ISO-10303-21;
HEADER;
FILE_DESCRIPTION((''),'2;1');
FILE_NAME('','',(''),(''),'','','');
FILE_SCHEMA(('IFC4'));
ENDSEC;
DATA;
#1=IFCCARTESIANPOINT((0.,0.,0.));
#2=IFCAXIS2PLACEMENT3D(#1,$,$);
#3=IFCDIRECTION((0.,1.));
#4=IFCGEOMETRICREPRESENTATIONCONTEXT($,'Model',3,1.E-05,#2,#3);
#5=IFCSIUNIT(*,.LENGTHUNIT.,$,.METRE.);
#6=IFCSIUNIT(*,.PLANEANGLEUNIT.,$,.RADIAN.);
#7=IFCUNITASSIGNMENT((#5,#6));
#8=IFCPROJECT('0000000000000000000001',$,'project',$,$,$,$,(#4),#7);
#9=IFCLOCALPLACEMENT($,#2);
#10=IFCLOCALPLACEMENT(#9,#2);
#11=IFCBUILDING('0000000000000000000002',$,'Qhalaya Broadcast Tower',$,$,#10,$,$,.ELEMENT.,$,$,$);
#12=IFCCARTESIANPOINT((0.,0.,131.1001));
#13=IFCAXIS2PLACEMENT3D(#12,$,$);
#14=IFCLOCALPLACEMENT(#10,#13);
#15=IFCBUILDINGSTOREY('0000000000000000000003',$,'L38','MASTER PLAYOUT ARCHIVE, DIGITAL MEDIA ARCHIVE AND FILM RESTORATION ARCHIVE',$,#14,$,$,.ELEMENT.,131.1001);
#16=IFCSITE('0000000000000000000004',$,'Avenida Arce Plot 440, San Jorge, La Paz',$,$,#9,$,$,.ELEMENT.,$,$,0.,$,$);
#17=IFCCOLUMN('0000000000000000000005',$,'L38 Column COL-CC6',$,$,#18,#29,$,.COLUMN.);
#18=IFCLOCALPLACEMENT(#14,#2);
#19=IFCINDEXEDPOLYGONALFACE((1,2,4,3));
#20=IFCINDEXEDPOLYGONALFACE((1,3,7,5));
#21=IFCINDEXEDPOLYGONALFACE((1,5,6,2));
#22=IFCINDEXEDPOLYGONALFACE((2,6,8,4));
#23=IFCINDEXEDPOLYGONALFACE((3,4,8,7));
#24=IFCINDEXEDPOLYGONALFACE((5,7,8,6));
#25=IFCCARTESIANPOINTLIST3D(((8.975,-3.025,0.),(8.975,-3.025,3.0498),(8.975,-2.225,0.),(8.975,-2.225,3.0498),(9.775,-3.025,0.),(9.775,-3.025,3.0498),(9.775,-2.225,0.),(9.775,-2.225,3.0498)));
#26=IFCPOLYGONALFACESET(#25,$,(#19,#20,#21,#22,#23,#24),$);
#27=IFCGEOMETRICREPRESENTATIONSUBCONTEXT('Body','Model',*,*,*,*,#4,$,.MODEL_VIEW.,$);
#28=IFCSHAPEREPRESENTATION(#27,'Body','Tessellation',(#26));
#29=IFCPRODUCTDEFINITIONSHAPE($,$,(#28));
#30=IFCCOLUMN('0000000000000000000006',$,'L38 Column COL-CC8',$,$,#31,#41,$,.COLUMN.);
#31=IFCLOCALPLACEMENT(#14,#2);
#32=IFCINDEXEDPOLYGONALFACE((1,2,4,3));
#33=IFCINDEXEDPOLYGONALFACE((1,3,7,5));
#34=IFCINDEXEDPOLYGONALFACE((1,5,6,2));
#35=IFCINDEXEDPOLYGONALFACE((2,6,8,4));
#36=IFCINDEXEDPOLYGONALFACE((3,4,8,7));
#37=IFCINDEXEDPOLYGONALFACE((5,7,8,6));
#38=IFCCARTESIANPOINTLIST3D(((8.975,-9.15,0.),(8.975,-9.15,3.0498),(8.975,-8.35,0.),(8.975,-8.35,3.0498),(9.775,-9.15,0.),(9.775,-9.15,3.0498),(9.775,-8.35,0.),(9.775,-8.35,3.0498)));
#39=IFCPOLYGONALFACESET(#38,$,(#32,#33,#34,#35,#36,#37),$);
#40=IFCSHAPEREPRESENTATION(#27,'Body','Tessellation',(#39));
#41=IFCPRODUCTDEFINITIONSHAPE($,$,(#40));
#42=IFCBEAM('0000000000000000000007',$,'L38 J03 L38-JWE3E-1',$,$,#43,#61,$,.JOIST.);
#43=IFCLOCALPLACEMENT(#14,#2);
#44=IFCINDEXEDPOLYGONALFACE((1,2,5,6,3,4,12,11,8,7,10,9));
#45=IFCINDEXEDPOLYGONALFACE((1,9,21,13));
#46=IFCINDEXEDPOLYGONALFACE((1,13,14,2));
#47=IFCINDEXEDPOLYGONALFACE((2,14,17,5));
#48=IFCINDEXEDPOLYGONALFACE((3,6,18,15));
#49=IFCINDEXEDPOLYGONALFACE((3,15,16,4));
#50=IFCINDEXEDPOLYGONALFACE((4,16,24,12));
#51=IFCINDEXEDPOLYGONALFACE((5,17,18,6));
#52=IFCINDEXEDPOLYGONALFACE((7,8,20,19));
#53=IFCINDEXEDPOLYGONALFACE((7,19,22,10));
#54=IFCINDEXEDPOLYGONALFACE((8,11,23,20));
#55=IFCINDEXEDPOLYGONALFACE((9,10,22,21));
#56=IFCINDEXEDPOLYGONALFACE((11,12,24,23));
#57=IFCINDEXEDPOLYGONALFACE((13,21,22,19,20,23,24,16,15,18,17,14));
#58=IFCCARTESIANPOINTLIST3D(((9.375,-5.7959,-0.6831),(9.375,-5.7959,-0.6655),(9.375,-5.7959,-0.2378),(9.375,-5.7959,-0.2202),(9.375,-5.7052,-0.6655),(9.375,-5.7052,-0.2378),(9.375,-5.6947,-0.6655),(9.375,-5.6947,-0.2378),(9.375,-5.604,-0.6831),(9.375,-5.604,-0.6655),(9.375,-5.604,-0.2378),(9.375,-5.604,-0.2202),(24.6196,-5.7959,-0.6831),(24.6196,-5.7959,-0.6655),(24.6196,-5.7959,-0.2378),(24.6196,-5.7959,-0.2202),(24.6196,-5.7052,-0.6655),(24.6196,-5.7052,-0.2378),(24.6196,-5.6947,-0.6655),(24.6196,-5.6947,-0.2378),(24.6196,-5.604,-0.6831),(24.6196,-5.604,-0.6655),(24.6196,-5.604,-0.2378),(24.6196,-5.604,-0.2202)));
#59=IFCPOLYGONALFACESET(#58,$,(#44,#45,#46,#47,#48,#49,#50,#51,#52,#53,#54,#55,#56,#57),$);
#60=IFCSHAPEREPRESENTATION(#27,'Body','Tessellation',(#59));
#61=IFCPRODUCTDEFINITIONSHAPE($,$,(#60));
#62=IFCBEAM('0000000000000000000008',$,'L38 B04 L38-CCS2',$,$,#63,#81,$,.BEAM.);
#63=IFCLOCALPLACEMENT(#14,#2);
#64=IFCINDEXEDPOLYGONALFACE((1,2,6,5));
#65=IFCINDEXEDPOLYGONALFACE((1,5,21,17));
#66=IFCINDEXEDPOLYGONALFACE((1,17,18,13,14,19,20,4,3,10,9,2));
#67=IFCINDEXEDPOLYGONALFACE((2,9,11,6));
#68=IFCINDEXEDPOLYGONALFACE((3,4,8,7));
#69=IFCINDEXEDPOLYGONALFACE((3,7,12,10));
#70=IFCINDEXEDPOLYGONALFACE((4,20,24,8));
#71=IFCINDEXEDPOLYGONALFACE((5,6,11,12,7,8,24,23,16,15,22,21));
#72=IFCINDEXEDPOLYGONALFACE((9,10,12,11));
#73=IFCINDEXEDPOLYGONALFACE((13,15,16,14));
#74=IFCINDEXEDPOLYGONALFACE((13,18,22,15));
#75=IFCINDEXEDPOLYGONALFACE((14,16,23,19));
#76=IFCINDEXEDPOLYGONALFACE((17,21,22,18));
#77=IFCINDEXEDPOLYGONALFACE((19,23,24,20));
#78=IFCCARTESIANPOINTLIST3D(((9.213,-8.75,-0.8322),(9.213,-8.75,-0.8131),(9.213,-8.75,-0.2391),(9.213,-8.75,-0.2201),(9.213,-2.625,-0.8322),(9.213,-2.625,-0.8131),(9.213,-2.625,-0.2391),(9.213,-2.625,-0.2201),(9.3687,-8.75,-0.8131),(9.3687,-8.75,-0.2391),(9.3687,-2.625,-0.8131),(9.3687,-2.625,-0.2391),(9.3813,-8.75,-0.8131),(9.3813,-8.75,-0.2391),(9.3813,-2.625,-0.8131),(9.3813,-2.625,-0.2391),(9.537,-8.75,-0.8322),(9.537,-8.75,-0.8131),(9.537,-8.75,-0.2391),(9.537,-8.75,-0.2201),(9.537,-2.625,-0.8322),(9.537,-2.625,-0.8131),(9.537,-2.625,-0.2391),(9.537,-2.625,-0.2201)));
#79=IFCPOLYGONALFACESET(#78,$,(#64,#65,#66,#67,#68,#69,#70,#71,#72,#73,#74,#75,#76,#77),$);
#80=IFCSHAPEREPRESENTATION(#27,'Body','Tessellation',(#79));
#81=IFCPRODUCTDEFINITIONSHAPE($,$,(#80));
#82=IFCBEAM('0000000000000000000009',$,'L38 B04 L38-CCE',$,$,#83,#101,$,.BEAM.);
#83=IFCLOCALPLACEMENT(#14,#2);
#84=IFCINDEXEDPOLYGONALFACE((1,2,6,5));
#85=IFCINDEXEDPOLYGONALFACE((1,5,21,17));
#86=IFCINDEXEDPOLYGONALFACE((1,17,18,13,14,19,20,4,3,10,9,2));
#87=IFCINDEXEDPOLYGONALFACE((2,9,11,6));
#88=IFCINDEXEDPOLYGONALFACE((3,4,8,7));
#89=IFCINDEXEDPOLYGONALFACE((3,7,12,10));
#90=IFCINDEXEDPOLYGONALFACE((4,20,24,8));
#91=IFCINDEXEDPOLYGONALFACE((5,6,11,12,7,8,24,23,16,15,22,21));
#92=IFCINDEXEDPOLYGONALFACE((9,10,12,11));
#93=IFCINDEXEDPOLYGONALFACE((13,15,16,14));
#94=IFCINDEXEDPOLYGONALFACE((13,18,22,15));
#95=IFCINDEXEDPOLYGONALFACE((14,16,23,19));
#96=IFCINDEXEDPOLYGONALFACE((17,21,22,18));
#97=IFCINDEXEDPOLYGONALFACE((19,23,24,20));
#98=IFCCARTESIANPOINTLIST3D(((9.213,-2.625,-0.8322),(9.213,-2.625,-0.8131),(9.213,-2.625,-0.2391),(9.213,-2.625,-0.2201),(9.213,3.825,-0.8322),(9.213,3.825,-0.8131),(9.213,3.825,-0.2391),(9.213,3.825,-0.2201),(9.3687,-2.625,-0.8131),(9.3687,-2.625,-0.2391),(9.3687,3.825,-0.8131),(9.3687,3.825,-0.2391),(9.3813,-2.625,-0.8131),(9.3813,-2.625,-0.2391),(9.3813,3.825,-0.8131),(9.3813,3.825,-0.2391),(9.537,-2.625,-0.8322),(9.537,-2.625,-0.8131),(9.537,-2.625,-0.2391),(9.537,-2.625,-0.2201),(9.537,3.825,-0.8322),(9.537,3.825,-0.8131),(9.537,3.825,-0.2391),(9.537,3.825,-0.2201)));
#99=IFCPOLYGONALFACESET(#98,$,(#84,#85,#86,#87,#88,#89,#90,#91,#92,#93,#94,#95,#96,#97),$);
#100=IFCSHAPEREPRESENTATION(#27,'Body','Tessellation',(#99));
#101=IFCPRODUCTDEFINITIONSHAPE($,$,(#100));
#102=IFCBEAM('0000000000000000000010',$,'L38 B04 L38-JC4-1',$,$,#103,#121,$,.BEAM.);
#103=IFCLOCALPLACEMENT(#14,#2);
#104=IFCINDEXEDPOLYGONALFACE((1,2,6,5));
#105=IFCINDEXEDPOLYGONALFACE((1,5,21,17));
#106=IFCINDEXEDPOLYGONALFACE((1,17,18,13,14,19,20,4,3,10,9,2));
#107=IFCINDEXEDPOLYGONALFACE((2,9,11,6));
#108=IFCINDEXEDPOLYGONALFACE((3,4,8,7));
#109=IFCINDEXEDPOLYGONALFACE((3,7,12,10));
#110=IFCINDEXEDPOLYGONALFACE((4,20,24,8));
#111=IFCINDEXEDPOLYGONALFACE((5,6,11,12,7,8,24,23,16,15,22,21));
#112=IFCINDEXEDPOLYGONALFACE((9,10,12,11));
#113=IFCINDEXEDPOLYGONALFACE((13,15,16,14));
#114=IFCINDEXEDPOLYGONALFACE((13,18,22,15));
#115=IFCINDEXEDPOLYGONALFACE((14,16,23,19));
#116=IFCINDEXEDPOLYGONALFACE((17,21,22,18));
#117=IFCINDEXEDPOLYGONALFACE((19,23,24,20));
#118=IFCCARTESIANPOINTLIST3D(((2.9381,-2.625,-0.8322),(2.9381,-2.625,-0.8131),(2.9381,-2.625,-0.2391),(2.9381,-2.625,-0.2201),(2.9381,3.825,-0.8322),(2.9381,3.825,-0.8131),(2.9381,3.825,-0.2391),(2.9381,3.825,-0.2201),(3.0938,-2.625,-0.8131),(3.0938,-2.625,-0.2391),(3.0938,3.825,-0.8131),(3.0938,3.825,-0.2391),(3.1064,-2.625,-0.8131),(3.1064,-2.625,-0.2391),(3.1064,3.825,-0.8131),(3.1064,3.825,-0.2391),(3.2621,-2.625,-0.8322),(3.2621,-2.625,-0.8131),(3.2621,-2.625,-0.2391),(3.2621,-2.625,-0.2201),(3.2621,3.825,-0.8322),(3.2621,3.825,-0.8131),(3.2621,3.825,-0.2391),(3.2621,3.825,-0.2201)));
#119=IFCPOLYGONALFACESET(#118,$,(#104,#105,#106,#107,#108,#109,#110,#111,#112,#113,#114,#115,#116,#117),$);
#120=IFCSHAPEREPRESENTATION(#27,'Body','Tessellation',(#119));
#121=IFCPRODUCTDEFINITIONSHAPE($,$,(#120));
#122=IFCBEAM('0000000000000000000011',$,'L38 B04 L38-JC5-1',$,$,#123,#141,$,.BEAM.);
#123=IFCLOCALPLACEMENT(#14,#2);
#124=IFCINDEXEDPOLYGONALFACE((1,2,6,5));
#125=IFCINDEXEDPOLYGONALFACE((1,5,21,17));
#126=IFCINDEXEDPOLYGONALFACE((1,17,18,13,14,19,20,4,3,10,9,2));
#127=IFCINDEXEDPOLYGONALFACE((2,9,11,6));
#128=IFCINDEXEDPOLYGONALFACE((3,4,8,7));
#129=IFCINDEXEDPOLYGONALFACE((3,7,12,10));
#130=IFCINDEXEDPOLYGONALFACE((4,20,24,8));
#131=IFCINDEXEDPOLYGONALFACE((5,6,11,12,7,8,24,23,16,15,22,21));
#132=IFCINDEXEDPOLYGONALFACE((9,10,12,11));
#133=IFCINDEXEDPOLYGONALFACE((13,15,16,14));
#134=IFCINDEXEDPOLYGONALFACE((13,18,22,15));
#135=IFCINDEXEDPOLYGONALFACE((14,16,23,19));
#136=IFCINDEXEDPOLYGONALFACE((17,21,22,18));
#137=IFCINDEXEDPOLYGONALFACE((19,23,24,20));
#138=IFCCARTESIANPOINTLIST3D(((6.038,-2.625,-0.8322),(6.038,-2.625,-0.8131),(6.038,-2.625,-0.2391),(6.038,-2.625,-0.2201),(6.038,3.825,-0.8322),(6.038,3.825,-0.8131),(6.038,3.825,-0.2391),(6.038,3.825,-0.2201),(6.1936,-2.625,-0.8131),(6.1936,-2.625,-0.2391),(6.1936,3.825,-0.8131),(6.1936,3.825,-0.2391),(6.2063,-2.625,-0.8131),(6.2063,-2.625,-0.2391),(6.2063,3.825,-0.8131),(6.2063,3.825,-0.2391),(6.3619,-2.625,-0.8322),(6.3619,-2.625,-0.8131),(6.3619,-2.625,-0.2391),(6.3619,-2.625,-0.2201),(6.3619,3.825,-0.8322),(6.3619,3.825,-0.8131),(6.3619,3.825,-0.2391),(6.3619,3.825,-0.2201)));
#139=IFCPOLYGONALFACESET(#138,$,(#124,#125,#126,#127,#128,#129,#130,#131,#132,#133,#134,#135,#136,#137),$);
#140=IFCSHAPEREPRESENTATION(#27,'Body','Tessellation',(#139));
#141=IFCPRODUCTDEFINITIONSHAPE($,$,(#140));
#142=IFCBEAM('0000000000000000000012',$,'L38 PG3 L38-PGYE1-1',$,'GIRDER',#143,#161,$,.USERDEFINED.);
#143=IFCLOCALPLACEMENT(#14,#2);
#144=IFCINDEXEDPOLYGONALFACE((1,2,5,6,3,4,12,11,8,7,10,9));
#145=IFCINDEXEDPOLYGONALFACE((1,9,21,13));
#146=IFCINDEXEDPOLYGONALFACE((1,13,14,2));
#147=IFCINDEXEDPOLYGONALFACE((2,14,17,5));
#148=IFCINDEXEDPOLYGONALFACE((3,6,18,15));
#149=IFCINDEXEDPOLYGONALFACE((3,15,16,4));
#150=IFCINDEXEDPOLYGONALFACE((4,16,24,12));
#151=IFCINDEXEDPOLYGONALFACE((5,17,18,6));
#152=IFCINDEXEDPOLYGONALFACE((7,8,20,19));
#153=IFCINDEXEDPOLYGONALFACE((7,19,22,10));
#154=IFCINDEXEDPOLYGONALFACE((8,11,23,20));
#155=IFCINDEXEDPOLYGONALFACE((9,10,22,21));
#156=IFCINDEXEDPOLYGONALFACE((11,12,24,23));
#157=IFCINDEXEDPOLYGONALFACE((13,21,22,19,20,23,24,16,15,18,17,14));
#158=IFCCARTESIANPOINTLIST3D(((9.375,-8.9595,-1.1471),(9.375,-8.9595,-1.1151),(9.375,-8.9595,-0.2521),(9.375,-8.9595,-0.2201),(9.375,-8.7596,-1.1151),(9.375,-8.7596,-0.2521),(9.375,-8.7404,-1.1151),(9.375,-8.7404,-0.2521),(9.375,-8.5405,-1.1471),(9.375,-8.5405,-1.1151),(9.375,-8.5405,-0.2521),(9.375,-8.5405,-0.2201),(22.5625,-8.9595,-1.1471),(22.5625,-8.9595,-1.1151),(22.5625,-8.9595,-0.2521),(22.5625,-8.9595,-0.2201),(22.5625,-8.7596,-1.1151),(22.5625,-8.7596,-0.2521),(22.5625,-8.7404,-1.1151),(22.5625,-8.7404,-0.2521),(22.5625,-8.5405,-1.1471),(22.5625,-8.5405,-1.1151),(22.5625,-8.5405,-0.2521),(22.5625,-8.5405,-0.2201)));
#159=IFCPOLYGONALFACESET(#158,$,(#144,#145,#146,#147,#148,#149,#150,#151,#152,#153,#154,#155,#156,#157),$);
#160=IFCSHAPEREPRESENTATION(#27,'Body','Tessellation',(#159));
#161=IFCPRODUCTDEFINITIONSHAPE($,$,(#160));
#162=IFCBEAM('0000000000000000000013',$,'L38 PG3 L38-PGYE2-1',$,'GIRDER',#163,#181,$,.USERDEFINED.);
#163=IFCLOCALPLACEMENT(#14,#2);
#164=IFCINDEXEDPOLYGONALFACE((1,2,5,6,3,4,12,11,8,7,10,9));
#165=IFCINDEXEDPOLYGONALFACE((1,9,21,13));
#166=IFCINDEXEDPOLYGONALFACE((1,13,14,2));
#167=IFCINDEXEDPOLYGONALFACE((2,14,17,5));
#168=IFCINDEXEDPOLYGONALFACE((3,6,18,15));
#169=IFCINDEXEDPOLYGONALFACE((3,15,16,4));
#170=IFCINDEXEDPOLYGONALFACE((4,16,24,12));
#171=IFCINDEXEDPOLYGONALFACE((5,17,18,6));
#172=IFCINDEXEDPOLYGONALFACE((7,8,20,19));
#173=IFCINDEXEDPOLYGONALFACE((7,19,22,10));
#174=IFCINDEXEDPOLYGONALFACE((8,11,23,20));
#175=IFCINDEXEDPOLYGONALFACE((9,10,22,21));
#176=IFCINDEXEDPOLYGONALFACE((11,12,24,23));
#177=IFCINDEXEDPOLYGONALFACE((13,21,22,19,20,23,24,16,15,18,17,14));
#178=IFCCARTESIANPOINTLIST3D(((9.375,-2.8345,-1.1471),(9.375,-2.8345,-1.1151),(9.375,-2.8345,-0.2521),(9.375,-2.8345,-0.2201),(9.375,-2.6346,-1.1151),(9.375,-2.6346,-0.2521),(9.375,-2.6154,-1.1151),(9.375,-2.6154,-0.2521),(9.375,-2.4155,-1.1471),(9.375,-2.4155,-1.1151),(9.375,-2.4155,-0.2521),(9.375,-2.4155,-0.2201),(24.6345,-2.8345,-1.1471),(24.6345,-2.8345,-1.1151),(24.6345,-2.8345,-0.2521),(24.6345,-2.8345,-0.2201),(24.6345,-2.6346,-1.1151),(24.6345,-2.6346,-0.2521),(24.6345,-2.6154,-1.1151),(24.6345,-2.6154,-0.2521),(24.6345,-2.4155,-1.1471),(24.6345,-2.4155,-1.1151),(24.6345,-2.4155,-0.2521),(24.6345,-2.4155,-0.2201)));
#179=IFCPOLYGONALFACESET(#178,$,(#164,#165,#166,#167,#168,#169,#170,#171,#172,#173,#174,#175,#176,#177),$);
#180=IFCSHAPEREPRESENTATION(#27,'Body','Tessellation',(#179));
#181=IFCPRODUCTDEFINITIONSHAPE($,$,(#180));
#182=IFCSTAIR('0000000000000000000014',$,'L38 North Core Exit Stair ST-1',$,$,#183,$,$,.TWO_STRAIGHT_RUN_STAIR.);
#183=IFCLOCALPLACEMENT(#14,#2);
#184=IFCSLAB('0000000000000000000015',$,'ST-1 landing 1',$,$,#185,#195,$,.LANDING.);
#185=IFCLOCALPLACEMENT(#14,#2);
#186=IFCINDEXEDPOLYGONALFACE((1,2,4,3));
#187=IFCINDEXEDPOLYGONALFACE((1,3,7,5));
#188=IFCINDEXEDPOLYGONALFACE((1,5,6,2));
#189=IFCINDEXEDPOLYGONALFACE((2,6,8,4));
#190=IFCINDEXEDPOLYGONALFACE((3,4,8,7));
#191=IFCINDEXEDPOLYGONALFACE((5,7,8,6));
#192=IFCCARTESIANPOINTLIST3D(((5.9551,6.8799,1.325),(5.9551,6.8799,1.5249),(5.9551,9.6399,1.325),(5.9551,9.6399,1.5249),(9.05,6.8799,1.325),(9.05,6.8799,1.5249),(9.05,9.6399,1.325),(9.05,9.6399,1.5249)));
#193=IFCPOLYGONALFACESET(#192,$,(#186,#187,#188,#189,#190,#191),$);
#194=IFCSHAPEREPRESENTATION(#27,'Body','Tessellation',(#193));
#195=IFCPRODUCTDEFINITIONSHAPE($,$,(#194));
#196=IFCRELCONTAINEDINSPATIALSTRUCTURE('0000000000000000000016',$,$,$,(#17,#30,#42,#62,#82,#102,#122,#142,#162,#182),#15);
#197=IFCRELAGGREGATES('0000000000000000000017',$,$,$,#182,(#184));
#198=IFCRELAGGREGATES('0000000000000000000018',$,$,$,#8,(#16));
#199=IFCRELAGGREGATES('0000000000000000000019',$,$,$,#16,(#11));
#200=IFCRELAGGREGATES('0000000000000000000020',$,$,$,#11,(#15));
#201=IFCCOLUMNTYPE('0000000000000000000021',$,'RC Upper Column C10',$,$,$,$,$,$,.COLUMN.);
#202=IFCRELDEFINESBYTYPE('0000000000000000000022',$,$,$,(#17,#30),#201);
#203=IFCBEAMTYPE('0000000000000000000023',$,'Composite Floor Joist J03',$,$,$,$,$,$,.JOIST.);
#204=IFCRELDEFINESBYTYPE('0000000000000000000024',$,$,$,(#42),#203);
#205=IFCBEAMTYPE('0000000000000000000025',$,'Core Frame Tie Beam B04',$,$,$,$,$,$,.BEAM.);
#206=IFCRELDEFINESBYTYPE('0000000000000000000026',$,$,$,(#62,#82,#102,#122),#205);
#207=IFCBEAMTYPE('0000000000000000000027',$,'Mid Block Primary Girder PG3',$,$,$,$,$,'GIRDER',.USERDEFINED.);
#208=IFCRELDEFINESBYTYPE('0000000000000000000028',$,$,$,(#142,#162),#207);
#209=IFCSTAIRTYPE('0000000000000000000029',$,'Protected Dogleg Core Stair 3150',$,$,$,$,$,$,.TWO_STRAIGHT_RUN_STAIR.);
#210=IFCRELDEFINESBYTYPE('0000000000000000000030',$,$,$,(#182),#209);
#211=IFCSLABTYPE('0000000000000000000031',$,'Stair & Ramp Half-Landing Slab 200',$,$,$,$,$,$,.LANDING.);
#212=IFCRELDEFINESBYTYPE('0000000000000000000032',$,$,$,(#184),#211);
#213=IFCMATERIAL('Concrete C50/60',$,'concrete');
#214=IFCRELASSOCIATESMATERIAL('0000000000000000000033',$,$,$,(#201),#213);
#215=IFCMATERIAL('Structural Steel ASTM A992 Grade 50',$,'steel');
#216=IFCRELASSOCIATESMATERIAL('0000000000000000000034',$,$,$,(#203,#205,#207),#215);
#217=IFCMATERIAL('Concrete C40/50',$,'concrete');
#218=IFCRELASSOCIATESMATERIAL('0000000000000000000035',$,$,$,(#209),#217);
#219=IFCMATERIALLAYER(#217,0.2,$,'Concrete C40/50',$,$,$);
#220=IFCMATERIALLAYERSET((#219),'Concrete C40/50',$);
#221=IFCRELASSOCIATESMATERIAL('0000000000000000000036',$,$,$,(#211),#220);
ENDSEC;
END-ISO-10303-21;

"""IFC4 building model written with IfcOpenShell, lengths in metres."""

from ifc_helpers import new_model, si_unit, direction, frame, origin, origin_2d, place, context, subcontext, project, spatial, polyline, rectangle, i_section, outline, extrude, material, layer, layer_set, material_profile, profile_set, type_object, element, aggregate, save


model = new_model("IFC4")

# Units and contexts
model_context = context("Model", 3, precision=1e-05, world=origin(), true_north=direction((0.0, 1.0)))
body_context = subcontext(model_context, "Body", "Model", "MODEL_VIEW")
ifc_project = project(units=[si_unit("LENGTHUNIT", "METRE"), si_unit("PLANEANGLEUNIT", "RADIAN")], contexts=[model_context])

# Site, building, storey
site_placement = place(None, origin())
site = spatial("IfcSite", under=ifc_project, at=site_placement, Name="Avenida Arce Plot 440, San Jorge, La Paz", CompositionType="ELEMENT", RefElevation=0.0)
building_placement = place(site_placement, origin())
building = spatial("IfcBuilding", under=site, at=building_placement, Name="Qhalaya Broadcast Tower", CompositionType="ELEMENT")
storey_placement = place(building_placement, frame((0.0, 0.0, 131.1001)))
storey = spatial("IfcBuildingStorey", under=building, at=storey_placement, Name="L38", Description="MASTER PLAYOUT ARCHIVE, DIGITAL MEDIA ARCHIVE AND FILM RESTORATION ARCHIVE", CompositionType="ELEMENT", Elevation=131.1001)

# Columns
ifc_material_1 = material(Name="Concrete C50/60", Category="concrete")
ifc_material_profile_1 = material_profile(ifc_material_1, rectangle(XDim=0.8, YDim=0.8, at=origin_2d()), Name="RC-COL 800x800")
ifc_profile_set_1 = profile_set([ifc_material_profile_1], Name="Concrete C50/60")
column_type = type_object("IfcColumnType", Name="RC Upper Column C10", PredefinedType="COLUMN", material=ifc_profile_set_1)
for number, where, z_axis, x_axis, name in (
    (1, (9.375, -2.625, 0.0), (0.0, 0.0, 1.0), (1.0, 0.0, 0.0), "L38 Column COL-CC6"),
    (2, (9.375, -8.75, 0.0), (0.0, 0.0, 1.0), (1.0, 0.0, 0.0), "L38 Column COL-CC8"),
):
    element("IfcColumn", number, at=place(storey_placement, frame(where, z_axis=z_axis, x_axis=x_axis)), inside=storey, type_object=column_type, Name=name, PredefinedType="COLUMN", context=body_context, shape_type="SweptSolid", body=[
        extrude(rectangle(XDim=0.8, YDim=0.8, at=origin_2d()), origin(), (0.0, 0.0, 1.0), 3.0498),
    ])

# Beams
ifc_material_2 = material(Name="Structural Steel ASTM A992 Grade 50", Category="steel")
ifc_material_profile_2 = material_profile(ifc_material_2, i_section(OverallWidth=0.1919, OverallDepth=0.4629, WebThickness=0.0105, FlangeThickness=0.0176, at=origin_2d()), Name="W18X60")
ifc_profile_set_2 = profile_set([ifc_material_profile_2], Name="Structural Steel ASTM A992 Grade 50")
beam_type_1 = type_object("IfcBeamType", Name="Composite Floor Joist J03", PredefinedType="JOIST", material=ifc_profile_set_2)
beam_1_placement = place(storey_placement, frame((9.375, -5.7, -0.4517), z_axis=(1.0, 0.0, 0.0), x_axis=(0.0, 1.0, 0.0)))
element("IfcBeam", 3, at=beam_1_placement, inside=storey, type_object=beam_type_1, Name="L38 J03 L38-JWE3E-1", PredefinedType="JOIST", context=body_context, shape_type="SweptSolid", body=[
    extrude(i_section(OverallWidth=0.1919, OverallDepth=0.4629, WebThickness=0.0105, FlangeThickness=0.0176, at=origin_2d()), origin(), (0.0, 0.0, 1.0), 15.2446),
])
ifc_material_profile_3 = material_profile(ifc_material_2, i_section(OverallWidth=0.324, OverallDepth=0.6121, WebThickness=0.0127, FlangeThickness=0.019, at=origin_2d()), Name="W24X104")
ifc_profile_set_3 = profile_set([ifc_material_profile_3], Name="Structural Steel ASTM A992 Grade 50")
beam_type_2 = type_object("IfcBeamType", Name="Core Frame Tie Beam B04", PredefinedType="BEAM", material=ifc_profile_set_3)
beam_2_placement = place(storey_placement, frame((9.375, -8.75, -0.5261), z_axis=(0.0, 1.0, 0.0), x_axis=(-1.0, 0.0, 0.0)))
element("IfcBeam", 4, at=beam_2_placement, inside=storey, type_object=beam_type_2, Name="L38 B04 L38-CCS2", PredefinedType="BEAM", context=body_context, shape_type="SweptSolid", body=[
    extrude(i_section(OverallWidth=0.324, OverallDepth=0.6121, WebThickness=0.0127, FlangeThickness=0.019, at=origin_2d()), origin(), (0.0, 0.0, 1.0), 6.125),
])
for number, where, z_axis, x_axis, name in (
    (5, (9.375, -2.625, -0.5261), (0.0, 1.0, 0.0), (-1.0, 0.0, 0.0), "L38 B04 L38-CCE"),
    (6, (3.1001, -2.625, -0.5261), (0.0, 1.0, 0.0), (-1.0, 0.0, 0.0), "L38 B04 L38-JC4-1"),
    (7, (6.2, -2.625, -0.5261), (0.0, 1.0, 0.0), (-1.0, 0.0, 0.0), "L38 B04 L38-JC5-1"),
):
    element("IfcBeam", number, at=place(storey_placement, frame(where, z_axis=z_axis, x_axis=x_axis)), inside=storey, type_object=beam_type_2, Name=name, PredefinedType="BEAM", context=body_context, shape_type="SweptSolid", body=[
        extrude(i_section(OverallWidth=0.324, OverallDepth=0.6121, WebThickness=0.0127, FlangeThickness=0.019, at=origin_2d()), origin(), (0.0, 0.0, 1.0), 6.45),
    ])
ifc_material_profile_4 = material_profile(ifc_material_2, i_section(OverallWidth=0.4189, OverallDepth=0.927, WebThickness=0.0193, FlangeThickness=0.032, at=origin_2d()), Name="W36X231")
ifc_profile_set_4 = profile_set([ifc_material_profile_4], Name="Structural Steel ASTM A992 Grade 50")
beam_type_3 = type_object("IfcBeamType", Name="Mid Block Primary Girder PG3", ElementType="GIRDER", PredefinedType="USERDEFINED", material=ifc_profile_set_4)
beam_3_placement = place(storey_placement, frame((9.375, -8.75, -0.6836), z_axis=(1.0, 0.0, 0.0), x_axis=(0.0, 1.0, 0.0)))
element("IfcBeam", 8, at=beam_3_placement, inside=storey, type_object=beam_type_3, Name="L38 PG3 L38-PGYE1-1", ObjectType="GIRDER", PredefinedType="USERDEFINED", context=body_context, shape_type="SweptSolid", body=[
    extrude(i_section(OverallWidth=0.4189, OverallDepth=0.927, WebThickness=0.0193, FlangeThickness=0.032, at=origin_2d()), origin(), (0.0, 0.0, 1.0), 13.1875),
])
beam_4_placement = place(storey_placement, frame((9.375, -2.625, -0.6836), z_axis=(1.0, 0.0, 0.0), x_axis=(0.0, 1.0, 0.0)))
element("IfcBeam", 9, at=beam_4_placement, inside=storey, type_object=beam_type_3, Name="L38 PG3 L38-PGYE2-1", ObjectType="GIRDER", PredefinedType="USERDEFINED", context=body_context, shape_type="SweptSolid", body=[
    extrude(i_section(OverallWidth=0.4189, OverallDepth=0.927, WebThickness=0.0193, FlangeThickness=0.032, at=origin_2d()), origin(), (0.0, 0.0, 1.0), 15.2595),
])

# Stair, slab
ifc_material_3 = material(Name="Concrete C40/50", Category="concrete")
stair_type = type_object("IfcStairType", Name="Protected Dogleg Core Stair 3150", PredefinedType="TWO_STRAIGHT_RUN_STAIR", material=ifc_material_3)
stair_1_placement = place(storey_placement, origin())
stair_1 = element("IfcStair", 10, at=stair_1_placement, inside=storey, type_object=stair_type, Name="L38 North Core Exit Stair ST-1", PredefinedType="TWO_STRAIGHT_RUN_STAIR")
ifc_layer_1 = layer(ifc_material_3, 0.2, Name="Concrete C40/50")
ifc_layer_set_1 = layer_set([ifc_layer_1], Name="Concrete C40/50")
slab_type = type_object("IfcSlabType", Name="Stair & Ramp Half-Landing Slab 200", PredefinedType="LANDING", material=ifc_layer_set_1)
slab_1_placement = place(storey_placement, frame((0.0, 0.0, 1.325)))
slab_1 = element("IfcSlab", 11, at=slab_1_placement, type_object=slab_type, Name="ST-1 landing 1", PredefinedType="LANDING", context=body_context, shape_type="SweptSolid", body=[
    extrude(outline(polyline([(5.9551, 6.8799), (9.05, 6.8799), (9.05, 9.6399), (5.9551, 9.6399), (5.9551, 6.8799)])), origin(), (0.0, 0.0, 1.0), 0.2),
])
aggregate(stair_1, [slab_1])

save(model, "model.ifc")
